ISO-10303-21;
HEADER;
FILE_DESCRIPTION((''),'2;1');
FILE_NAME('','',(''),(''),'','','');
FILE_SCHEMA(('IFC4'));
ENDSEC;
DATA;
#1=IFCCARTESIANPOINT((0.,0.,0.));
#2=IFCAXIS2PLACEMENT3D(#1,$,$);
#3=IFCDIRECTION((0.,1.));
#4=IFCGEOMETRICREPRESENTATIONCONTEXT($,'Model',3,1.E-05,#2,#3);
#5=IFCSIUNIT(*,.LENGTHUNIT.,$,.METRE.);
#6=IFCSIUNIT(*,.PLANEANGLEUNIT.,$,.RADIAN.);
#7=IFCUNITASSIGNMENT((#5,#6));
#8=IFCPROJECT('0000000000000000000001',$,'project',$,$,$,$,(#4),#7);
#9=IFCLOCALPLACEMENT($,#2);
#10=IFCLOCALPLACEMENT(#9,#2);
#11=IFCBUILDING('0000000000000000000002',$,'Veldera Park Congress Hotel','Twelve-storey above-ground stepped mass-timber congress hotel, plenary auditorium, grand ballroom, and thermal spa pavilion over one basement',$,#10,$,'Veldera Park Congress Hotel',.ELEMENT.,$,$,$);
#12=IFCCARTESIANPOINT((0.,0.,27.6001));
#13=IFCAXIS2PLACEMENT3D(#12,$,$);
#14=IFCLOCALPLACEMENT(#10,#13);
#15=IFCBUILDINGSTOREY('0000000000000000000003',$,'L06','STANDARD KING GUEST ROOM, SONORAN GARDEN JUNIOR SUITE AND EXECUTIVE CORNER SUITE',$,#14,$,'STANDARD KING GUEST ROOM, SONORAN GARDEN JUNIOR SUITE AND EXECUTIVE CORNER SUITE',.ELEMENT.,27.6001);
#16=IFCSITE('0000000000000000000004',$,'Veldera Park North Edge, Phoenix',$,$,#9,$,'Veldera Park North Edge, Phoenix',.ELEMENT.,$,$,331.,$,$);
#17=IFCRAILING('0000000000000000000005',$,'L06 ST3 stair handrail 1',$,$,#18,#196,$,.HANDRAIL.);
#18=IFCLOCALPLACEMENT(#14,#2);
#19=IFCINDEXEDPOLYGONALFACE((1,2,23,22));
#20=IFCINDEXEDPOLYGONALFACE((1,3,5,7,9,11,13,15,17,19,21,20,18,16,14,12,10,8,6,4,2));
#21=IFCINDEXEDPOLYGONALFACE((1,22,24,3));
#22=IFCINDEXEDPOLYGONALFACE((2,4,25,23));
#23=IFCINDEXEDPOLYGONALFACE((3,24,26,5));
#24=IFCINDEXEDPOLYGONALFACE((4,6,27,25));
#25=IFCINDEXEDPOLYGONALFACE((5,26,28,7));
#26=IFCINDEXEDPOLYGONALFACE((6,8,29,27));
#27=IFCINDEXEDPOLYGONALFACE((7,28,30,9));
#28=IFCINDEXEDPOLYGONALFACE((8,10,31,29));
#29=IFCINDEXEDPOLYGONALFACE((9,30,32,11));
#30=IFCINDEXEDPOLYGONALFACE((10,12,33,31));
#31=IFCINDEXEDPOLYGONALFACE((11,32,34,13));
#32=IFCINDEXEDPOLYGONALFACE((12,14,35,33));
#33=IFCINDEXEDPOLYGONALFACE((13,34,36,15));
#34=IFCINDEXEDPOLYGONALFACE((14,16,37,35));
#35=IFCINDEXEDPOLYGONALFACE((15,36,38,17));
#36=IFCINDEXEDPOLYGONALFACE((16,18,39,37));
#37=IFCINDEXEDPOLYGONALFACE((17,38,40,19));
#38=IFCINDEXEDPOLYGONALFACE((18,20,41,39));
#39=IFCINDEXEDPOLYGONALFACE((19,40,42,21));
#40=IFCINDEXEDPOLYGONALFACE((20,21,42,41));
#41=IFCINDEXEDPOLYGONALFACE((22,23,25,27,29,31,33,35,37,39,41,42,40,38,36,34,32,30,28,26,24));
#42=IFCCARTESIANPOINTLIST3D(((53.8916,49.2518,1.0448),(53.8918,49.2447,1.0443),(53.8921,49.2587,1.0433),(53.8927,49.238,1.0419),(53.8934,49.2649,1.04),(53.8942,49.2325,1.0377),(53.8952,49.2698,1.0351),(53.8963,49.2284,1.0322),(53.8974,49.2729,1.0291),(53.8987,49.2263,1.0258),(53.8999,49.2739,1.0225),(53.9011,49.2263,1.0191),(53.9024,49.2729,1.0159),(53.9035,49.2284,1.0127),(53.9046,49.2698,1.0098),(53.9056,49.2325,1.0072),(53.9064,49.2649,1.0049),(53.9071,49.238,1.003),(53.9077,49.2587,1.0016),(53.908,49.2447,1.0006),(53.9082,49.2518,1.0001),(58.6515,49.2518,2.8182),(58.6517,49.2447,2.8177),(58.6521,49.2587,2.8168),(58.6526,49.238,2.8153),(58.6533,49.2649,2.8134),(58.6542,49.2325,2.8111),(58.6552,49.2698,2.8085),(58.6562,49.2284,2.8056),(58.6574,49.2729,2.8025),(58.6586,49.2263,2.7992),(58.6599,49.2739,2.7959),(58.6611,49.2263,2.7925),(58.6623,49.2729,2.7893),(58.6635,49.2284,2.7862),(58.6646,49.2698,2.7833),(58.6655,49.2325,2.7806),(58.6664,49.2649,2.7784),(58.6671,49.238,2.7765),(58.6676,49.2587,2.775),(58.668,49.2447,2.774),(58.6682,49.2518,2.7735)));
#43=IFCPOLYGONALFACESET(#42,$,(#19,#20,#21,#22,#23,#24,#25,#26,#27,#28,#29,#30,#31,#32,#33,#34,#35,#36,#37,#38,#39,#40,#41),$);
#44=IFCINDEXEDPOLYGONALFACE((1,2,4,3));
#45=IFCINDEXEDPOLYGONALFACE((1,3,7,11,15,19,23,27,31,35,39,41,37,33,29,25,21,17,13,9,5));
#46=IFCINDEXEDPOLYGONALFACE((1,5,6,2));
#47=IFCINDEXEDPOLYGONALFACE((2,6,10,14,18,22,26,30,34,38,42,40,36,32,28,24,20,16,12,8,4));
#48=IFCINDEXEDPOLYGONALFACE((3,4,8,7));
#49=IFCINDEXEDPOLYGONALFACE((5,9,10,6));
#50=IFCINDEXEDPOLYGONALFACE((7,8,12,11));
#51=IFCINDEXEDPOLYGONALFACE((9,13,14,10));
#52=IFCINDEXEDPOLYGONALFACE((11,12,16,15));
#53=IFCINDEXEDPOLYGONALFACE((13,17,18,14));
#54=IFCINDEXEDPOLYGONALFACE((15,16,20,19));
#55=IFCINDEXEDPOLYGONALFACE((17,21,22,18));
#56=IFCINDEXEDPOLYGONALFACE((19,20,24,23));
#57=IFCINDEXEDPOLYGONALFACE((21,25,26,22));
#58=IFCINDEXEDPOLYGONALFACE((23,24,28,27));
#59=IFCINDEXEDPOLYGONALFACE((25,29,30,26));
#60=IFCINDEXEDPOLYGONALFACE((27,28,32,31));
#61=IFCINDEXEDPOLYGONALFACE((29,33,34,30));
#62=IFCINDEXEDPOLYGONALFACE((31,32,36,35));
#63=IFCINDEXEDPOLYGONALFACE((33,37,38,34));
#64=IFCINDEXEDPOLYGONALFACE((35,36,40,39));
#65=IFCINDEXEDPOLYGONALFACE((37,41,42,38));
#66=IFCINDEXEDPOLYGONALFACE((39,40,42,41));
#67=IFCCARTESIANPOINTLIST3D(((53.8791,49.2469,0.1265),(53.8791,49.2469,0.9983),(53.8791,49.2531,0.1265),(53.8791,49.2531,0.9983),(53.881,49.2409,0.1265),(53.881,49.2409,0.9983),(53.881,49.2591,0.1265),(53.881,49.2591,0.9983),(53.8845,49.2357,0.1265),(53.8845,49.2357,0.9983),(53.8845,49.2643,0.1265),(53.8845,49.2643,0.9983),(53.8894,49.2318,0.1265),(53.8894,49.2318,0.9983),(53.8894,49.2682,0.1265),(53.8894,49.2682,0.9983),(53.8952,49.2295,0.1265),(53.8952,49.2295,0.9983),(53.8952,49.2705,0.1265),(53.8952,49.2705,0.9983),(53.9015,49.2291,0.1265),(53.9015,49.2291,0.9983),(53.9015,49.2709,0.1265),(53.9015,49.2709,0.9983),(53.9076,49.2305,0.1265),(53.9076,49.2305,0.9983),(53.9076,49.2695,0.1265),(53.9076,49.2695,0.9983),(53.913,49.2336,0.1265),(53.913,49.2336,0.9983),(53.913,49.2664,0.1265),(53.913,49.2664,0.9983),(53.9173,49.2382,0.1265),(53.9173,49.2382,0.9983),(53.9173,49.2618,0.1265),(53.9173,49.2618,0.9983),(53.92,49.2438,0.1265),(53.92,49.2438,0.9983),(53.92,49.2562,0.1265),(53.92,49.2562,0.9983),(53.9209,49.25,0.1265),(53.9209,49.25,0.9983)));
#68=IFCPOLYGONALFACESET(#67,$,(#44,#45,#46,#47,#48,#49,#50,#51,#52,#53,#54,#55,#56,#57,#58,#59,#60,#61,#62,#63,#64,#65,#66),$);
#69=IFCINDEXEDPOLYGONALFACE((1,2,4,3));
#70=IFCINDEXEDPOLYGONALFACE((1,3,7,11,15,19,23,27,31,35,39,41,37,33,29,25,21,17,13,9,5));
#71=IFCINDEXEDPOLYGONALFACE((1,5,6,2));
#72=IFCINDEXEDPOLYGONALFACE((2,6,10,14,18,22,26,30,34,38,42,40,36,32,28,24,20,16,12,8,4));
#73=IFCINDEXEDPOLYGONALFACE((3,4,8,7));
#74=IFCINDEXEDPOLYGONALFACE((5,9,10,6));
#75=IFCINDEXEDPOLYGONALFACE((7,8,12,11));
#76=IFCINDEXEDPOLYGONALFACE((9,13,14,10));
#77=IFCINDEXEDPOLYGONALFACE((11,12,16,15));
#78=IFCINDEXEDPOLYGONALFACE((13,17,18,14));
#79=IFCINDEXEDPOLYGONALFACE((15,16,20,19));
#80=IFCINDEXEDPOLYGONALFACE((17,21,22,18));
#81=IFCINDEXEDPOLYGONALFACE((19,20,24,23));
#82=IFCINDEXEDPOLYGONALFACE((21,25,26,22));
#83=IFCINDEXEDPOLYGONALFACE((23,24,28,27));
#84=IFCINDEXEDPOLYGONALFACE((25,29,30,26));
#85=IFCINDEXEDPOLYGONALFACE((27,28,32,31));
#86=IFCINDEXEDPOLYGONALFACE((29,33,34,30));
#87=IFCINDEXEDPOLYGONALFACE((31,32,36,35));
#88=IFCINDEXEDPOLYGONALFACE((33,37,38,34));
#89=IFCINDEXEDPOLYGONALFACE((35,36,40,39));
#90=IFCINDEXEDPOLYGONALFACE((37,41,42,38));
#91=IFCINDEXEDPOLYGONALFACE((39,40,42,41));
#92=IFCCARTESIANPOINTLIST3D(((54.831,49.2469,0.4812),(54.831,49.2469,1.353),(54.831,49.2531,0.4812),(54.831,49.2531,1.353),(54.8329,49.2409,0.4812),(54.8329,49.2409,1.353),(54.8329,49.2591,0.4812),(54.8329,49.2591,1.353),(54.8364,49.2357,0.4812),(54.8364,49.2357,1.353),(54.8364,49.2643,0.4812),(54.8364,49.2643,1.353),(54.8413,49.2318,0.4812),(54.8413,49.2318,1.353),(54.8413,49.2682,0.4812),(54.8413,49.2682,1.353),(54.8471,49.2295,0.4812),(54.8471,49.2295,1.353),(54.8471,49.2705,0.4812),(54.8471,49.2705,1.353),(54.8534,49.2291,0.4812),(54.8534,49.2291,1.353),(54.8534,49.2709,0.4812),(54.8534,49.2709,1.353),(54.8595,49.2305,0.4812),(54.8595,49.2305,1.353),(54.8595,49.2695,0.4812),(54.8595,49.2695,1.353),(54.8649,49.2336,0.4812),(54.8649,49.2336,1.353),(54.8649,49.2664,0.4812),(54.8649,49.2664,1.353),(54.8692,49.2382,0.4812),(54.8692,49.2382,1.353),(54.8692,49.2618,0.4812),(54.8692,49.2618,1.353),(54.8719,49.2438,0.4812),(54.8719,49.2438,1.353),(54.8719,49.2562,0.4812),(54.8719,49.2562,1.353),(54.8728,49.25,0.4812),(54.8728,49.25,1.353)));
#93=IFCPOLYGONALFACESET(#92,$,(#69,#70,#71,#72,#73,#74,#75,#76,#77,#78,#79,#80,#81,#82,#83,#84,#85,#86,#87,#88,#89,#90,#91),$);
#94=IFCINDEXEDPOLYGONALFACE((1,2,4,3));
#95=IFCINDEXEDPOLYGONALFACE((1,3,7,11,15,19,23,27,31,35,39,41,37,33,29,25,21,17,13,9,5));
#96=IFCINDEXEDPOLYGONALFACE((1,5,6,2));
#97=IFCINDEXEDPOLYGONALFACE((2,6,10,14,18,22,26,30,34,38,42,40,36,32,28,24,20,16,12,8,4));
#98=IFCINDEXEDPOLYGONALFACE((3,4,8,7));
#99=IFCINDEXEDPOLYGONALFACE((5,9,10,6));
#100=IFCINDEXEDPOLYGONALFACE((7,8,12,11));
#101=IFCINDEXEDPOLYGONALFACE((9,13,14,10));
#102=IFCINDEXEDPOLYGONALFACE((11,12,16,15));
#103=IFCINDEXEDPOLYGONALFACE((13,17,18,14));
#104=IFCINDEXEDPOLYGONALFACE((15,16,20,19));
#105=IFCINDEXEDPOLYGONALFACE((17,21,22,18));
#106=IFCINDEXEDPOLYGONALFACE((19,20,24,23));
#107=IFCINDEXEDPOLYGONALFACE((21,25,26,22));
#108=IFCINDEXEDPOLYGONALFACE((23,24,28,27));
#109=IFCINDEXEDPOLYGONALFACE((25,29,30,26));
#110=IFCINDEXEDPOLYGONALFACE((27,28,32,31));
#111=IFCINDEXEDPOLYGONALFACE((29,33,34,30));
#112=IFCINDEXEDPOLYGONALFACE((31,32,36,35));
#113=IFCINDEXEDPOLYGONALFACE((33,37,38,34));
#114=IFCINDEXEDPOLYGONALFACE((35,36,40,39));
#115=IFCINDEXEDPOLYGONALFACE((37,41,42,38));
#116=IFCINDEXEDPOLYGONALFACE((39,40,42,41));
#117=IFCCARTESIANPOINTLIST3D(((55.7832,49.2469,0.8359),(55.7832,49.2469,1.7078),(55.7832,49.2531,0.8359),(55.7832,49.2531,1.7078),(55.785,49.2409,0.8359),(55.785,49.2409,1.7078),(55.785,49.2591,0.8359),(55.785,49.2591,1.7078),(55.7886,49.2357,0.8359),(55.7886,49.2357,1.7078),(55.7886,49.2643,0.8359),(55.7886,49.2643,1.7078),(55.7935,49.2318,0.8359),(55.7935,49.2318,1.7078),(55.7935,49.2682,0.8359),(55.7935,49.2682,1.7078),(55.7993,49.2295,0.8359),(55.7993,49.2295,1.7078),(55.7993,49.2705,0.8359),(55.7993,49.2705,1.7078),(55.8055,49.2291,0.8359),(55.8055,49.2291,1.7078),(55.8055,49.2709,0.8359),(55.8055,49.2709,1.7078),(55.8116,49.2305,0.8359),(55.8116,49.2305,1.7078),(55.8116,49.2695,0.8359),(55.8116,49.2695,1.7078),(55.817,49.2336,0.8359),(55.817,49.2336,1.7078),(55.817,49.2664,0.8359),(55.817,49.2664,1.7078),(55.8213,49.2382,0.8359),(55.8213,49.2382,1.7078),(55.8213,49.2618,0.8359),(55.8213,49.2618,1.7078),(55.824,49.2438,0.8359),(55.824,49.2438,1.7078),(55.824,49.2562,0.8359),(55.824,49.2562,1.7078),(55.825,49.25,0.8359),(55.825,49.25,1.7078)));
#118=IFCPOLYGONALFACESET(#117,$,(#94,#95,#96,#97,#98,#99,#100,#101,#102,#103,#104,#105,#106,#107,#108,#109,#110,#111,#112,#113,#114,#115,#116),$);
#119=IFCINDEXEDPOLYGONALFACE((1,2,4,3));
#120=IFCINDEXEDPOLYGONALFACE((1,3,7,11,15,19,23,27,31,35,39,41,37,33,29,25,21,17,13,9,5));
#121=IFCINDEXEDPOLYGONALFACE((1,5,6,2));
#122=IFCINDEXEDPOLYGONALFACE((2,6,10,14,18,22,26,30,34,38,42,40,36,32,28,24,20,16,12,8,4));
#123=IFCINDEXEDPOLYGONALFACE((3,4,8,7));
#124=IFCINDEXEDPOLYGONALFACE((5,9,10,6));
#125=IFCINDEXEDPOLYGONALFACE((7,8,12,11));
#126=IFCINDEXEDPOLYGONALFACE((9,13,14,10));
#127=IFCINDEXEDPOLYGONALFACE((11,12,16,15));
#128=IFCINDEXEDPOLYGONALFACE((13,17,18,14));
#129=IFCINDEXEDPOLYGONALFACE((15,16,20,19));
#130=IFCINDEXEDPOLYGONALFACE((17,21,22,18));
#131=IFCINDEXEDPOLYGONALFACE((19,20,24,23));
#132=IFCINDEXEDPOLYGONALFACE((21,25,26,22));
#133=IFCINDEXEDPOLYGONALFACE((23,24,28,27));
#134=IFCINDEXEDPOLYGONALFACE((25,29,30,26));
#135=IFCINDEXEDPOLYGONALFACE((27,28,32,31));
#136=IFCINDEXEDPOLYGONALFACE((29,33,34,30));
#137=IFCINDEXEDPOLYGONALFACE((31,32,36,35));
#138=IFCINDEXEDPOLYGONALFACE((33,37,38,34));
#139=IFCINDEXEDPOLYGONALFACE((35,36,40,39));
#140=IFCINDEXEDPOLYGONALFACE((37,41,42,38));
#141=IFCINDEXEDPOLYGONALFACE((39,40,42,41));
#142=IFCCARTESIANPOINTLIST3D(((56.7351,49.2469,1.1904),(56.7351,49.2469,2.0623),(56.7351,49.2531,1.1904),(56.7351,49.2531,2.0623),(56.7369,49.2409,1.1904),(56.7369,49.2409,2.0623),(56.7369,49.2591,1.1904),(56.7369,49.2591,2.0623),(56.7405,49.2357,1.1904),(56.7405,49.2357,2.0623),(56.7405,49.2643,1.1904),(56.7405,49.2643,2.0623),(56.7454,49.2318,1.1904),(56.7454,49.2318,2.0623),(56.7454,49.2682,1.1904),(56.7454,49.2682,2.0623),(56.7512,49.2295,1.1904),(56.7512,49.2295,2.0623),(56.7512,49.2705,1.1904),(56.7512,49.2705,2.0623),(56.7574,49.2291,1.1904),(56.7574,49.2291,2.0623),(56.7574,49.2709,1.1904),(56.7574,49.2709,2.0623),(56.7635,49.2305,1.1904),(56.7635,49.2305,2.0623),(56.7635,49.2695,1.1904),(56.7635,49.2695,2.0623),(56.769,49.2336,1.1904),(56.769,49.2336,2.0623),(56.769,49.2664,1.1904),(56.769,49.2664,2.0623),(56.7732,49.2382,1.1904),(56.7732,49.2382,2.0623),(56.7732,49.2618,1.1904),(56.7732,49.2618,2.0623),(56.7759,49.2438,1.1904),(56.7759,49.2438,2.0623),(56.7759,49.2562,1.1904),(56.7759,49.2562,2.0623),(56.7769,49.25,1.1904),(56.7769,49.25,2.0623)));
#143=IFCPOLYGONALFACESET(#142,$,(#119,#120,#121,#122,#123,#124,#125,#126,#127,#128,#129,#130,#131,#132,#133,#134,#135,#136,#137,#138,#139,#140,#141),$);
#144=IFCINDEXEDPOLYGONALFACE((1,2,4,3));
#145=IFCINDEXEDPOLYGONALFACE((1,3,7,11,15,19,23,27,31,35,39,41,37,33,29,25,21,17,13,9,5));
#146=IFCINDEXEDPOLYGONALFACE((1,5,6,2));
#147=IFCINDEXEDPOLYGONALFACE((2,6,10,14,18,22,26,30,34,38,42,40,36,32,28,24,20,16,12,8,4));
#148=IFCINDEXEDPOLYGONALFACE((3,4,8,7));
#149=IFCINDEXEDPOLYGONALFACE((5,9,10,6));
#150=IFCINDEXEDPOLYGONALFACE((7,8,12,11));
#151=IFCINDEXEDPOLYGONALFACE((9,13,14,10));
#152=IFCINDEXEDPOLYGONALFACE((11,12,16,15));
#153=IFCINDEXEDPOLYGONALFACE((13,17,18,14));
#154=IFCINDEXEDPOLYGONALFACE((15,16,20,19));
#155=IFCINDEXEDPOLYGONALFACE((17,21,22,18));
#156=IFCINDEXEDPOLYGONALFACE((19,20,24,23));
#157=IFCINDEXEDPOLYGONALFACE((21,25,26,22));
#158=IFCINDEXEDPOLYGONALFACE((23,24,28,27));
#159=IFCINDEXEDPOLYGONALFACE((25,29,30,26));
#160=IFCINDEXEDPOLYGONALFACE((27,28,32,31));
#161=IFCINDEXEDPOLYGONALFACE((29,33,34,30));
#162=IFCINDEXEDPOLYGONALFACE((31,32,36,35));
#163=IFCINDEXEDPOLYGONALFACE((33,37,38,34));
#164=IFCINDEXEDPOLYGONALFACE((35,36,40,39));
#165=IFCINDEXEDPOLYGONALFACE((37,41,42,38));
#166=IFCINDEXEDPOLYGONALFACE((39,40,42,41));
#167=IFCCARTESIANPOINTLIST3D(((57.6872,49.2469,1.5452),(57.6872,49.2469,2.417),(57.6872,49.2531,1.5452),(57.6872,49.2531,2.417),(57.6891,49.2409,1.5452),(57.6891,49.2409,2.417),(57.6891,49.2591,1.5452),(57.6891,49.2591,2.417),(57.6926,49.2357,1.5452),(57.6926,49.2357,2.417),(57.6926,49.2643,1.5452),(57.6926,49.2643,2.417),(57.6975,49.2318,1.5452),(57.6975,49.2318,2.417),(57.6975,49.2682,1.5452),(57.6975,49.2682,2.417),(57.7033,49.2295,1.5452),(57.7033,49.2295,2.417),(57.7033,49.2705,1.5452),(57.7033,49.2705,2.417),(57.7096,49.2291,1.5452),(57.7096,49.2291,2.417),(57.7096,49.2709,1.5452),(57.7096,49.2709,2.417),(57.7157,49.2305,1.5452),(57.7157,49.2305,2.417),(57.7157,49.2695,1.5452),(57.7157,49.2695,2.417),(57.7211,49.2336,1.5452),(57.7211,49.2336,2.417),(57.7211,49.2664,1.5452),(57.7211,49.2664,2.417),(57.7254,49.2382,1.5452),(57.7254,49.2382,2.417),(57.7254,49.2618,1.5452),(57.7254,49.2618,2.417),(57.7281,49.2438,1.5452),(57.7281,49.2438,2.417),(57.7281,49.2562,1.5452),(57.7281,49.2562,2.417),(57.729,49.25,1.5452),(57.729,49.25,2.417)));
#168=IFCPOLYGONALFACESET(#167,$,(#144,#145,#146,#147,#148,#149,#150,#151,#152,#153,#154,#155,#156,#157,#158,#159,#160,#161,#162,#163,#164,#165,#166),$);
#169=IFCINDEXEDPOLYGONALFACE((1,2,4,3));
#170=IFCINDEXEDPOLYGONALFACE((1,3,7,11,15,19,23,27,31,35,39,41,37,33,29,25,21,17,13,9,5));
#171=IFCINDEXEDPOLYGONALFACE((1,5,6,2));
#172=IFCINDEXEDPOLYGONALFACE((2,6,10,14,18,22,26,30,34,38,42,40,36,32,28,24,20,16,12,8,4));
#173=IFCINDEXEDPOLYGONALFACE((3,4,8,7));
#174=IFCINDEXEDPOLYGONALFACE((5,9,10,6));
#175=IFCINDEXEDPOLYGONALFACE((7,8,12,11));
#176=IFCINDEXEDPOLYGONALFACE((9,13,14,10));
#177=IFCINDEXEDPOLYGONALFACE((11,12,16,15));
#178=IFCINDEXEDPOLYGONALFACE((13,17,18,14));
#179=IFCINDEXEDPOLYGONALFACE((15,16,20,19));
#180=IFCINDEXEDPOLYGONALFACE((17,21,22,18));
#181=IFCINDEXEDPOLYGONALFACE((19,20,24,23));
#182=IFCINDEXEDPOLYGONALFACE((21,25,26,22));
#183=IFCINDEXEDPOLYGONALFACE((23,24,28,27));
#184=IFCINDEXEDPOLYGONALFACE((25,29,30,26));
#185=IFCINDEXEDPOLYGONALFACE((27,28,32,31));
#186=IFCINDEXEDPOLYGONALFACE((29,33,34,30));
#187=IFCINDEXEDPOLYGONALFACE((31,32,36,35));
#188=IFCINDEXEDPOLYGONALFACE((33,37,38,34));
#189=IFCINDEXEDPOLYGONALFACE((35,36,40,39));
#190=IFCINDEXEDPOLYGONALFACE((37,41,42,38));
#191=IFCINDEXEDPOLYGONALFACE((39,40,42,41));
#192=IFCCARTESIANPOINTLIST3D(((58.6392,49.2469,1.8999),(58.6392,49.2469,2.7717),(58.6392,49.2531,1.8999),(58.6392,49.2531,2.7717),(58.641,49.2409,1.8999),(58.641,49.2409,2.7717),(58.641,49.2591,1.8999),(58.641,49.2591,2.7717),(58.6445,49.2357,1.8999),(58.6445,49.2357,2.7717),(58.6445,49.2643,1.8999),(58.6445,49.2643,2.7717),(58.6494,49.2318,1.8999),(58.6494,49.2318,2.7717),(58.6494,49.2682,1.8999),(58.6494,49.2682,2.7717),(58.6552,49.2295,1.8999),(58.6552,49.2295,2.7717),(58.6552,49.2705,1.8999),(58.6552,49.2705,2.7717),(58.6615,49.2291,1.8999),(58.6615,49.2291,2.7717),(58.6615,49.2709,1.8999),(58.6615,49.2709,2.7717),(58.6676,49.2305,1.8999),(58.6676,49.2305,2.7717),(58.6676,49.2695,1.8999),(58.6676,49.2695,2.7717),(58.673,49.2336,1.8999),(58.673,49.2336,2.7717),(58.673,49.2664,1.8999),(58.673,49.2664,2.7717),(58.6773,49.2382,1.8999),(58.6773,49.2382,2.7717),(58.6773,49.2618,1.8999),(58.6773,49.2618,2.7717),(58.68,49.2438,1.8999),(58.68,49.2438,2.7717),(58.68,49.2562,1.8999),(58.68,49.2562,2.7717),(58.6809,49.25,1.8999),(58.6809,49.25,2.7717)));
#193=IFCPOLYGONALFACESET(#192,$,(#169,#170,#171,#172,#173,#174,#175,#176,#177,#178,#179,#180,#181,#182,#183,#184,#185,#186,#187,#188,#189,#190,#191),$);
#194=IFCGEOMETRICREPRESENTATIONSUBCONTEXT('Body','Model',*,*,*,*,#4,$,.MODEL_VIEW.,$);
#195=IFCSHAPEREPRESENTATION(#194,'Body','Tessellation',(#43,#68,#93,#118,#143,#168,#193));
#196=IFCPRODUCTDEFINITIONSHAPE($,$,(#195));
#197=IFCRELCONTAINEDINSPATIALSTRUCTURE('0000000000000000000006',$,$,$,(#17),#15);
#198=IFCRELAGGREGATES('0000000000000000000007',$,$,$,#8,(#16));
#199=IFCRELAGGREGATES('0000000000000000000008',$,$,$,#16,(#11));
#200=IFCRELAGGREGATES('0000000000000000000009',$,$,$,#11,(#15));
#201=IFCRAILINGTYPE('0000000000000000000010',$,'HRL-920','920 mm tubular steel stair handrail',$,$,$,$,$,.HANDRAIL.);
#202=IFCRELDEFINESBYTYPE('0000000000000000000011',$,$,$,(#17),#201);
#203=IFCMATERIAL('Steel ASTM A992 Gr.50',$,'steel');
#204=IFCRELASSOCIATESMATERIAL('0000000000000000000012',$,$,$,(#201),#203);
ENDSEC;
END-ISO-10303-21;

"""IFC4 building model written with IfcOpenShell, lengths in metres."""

from ifc_helpers import new_model, si_unit, direction, frame, origin, origin_2d, place, context, subcontext, project, spatial, circle, extrude, material, type_object, element, save


model = new_model("IFC4")

# Units and contexts
model_context = context("Model", 3, precision=1e-05, world=origin(), true_north=direction((0.0, 1.0)))
body_context = subcontext(model_context, "Body", "Model", "MODEL_VIEW")
ifc_project = project(units=[si_unit("LENGTHUNIT", "METRE"), si_unit("PLANEANGLEUNIT", "RADIAN")], contexts=[model_context])

# Site, building, storey
site_placement = place(None, origin())
site = spatial("IfcSite", under=ifc_project, at=site_placement, Name="Veldera Park North Edge, Phoenix", LongName="Veldera Park North Edge, Phoenix", CompositionType="ELEMENT", RefElevation=331.0)
building_placement = place(site_placement, origin())
building = spatial("IfcBuilding", under=site, at=building_placement, Name="Veldera Park Congress Hotel", Description="Twelve-storey above-ground stepped mass-timber congress hotel, plenary auditorium, grand ballroom, and thermal spa pavilion over one basement", LongName="Veldera Park Congress Hotel", CompositionType="ELEMENT")
storey_placement = place(building_placement, frame((0.0, 0.0, 27.6001)))
storey = spatial("IfcBuildingStorey", under=building, at=storey_placement, Name="L06", Description="STANDARD KING GUEST ROOM, SONORAN GARDEN JUNIOR SUITE AND EXECUTIVE CORNER SUITE", LongName="STANDARD KING GUEST ROOM, SONORAN GARDEN JUNIOR SUITE AND EXECUTIVE CORNER SUITE", CompositionType="ELEMENT", Elevation=27.6001)

# Railing
ifc_material_1 = material(Name="Steel ASTM A992 Gr.50", Category="steel")
railing_type_1 = type_object("IfcRailingType", Name="HRL-920", Description="920 mm tubular steel stair handrail", PredefinedType="HANDRAIL", material=ifc_material_1)
railing_1_placement = place(storey_placement, frame((53.8999, 49.25, 0.1265)))
element("IfcRailing", 1, at=railing_1_placement, inside=storey, type_object=railing_type_1, Name="L06 ST3 stair handrail 1", PredefinedType="HANDRAIL", context=body_context, shape_type="SweptSolid", body=[
    extrude(circle(Radius=0.0239, at=origin_2d()), frame((0.0, 0.0, 0.896), z_axis=(0.937076, 0.0, 0.349126), x_axis=(0.0, 1.0, 0.0)), (0.0, 0.0, 1.0), 5.0796),
    extrude(circle(Radius=0.021, at=origin_2d()), origin(), (0.0, 0.0, 1.0), 0.8718),
    extrude(circle(Radius=0.021, at=origin_2d()), frame((0.9519, 0.0, 0.3547)), (0.0, 0.0, 1.0), 0.8718),
    extrude(circle(Radius=0.021, at=origin_2d()), frame((1.9041, 0.0, 0.7095)), (0.0, 0.0, 1.0), 0.8718),
    extrude(circle(Radius=0.021, at=origin_2d()), frame((2.856, 0.0, 1.064)), (0.0, 0.0, 1.0), 0.8718),
    extrude(circle(Radius=0.021, at=origin_2d()), frame((3.8081, 0.0, 1.4187)), (0.0, 0.0, 1.0), 0.8718),
    extrude(circle(Radius=0.021, at=origin_2d()), frame((4.76, 0.0, 1.7734)), (0.0, 0.0, 1.0), 0.8718),
])

save(model, "model.ifc")
